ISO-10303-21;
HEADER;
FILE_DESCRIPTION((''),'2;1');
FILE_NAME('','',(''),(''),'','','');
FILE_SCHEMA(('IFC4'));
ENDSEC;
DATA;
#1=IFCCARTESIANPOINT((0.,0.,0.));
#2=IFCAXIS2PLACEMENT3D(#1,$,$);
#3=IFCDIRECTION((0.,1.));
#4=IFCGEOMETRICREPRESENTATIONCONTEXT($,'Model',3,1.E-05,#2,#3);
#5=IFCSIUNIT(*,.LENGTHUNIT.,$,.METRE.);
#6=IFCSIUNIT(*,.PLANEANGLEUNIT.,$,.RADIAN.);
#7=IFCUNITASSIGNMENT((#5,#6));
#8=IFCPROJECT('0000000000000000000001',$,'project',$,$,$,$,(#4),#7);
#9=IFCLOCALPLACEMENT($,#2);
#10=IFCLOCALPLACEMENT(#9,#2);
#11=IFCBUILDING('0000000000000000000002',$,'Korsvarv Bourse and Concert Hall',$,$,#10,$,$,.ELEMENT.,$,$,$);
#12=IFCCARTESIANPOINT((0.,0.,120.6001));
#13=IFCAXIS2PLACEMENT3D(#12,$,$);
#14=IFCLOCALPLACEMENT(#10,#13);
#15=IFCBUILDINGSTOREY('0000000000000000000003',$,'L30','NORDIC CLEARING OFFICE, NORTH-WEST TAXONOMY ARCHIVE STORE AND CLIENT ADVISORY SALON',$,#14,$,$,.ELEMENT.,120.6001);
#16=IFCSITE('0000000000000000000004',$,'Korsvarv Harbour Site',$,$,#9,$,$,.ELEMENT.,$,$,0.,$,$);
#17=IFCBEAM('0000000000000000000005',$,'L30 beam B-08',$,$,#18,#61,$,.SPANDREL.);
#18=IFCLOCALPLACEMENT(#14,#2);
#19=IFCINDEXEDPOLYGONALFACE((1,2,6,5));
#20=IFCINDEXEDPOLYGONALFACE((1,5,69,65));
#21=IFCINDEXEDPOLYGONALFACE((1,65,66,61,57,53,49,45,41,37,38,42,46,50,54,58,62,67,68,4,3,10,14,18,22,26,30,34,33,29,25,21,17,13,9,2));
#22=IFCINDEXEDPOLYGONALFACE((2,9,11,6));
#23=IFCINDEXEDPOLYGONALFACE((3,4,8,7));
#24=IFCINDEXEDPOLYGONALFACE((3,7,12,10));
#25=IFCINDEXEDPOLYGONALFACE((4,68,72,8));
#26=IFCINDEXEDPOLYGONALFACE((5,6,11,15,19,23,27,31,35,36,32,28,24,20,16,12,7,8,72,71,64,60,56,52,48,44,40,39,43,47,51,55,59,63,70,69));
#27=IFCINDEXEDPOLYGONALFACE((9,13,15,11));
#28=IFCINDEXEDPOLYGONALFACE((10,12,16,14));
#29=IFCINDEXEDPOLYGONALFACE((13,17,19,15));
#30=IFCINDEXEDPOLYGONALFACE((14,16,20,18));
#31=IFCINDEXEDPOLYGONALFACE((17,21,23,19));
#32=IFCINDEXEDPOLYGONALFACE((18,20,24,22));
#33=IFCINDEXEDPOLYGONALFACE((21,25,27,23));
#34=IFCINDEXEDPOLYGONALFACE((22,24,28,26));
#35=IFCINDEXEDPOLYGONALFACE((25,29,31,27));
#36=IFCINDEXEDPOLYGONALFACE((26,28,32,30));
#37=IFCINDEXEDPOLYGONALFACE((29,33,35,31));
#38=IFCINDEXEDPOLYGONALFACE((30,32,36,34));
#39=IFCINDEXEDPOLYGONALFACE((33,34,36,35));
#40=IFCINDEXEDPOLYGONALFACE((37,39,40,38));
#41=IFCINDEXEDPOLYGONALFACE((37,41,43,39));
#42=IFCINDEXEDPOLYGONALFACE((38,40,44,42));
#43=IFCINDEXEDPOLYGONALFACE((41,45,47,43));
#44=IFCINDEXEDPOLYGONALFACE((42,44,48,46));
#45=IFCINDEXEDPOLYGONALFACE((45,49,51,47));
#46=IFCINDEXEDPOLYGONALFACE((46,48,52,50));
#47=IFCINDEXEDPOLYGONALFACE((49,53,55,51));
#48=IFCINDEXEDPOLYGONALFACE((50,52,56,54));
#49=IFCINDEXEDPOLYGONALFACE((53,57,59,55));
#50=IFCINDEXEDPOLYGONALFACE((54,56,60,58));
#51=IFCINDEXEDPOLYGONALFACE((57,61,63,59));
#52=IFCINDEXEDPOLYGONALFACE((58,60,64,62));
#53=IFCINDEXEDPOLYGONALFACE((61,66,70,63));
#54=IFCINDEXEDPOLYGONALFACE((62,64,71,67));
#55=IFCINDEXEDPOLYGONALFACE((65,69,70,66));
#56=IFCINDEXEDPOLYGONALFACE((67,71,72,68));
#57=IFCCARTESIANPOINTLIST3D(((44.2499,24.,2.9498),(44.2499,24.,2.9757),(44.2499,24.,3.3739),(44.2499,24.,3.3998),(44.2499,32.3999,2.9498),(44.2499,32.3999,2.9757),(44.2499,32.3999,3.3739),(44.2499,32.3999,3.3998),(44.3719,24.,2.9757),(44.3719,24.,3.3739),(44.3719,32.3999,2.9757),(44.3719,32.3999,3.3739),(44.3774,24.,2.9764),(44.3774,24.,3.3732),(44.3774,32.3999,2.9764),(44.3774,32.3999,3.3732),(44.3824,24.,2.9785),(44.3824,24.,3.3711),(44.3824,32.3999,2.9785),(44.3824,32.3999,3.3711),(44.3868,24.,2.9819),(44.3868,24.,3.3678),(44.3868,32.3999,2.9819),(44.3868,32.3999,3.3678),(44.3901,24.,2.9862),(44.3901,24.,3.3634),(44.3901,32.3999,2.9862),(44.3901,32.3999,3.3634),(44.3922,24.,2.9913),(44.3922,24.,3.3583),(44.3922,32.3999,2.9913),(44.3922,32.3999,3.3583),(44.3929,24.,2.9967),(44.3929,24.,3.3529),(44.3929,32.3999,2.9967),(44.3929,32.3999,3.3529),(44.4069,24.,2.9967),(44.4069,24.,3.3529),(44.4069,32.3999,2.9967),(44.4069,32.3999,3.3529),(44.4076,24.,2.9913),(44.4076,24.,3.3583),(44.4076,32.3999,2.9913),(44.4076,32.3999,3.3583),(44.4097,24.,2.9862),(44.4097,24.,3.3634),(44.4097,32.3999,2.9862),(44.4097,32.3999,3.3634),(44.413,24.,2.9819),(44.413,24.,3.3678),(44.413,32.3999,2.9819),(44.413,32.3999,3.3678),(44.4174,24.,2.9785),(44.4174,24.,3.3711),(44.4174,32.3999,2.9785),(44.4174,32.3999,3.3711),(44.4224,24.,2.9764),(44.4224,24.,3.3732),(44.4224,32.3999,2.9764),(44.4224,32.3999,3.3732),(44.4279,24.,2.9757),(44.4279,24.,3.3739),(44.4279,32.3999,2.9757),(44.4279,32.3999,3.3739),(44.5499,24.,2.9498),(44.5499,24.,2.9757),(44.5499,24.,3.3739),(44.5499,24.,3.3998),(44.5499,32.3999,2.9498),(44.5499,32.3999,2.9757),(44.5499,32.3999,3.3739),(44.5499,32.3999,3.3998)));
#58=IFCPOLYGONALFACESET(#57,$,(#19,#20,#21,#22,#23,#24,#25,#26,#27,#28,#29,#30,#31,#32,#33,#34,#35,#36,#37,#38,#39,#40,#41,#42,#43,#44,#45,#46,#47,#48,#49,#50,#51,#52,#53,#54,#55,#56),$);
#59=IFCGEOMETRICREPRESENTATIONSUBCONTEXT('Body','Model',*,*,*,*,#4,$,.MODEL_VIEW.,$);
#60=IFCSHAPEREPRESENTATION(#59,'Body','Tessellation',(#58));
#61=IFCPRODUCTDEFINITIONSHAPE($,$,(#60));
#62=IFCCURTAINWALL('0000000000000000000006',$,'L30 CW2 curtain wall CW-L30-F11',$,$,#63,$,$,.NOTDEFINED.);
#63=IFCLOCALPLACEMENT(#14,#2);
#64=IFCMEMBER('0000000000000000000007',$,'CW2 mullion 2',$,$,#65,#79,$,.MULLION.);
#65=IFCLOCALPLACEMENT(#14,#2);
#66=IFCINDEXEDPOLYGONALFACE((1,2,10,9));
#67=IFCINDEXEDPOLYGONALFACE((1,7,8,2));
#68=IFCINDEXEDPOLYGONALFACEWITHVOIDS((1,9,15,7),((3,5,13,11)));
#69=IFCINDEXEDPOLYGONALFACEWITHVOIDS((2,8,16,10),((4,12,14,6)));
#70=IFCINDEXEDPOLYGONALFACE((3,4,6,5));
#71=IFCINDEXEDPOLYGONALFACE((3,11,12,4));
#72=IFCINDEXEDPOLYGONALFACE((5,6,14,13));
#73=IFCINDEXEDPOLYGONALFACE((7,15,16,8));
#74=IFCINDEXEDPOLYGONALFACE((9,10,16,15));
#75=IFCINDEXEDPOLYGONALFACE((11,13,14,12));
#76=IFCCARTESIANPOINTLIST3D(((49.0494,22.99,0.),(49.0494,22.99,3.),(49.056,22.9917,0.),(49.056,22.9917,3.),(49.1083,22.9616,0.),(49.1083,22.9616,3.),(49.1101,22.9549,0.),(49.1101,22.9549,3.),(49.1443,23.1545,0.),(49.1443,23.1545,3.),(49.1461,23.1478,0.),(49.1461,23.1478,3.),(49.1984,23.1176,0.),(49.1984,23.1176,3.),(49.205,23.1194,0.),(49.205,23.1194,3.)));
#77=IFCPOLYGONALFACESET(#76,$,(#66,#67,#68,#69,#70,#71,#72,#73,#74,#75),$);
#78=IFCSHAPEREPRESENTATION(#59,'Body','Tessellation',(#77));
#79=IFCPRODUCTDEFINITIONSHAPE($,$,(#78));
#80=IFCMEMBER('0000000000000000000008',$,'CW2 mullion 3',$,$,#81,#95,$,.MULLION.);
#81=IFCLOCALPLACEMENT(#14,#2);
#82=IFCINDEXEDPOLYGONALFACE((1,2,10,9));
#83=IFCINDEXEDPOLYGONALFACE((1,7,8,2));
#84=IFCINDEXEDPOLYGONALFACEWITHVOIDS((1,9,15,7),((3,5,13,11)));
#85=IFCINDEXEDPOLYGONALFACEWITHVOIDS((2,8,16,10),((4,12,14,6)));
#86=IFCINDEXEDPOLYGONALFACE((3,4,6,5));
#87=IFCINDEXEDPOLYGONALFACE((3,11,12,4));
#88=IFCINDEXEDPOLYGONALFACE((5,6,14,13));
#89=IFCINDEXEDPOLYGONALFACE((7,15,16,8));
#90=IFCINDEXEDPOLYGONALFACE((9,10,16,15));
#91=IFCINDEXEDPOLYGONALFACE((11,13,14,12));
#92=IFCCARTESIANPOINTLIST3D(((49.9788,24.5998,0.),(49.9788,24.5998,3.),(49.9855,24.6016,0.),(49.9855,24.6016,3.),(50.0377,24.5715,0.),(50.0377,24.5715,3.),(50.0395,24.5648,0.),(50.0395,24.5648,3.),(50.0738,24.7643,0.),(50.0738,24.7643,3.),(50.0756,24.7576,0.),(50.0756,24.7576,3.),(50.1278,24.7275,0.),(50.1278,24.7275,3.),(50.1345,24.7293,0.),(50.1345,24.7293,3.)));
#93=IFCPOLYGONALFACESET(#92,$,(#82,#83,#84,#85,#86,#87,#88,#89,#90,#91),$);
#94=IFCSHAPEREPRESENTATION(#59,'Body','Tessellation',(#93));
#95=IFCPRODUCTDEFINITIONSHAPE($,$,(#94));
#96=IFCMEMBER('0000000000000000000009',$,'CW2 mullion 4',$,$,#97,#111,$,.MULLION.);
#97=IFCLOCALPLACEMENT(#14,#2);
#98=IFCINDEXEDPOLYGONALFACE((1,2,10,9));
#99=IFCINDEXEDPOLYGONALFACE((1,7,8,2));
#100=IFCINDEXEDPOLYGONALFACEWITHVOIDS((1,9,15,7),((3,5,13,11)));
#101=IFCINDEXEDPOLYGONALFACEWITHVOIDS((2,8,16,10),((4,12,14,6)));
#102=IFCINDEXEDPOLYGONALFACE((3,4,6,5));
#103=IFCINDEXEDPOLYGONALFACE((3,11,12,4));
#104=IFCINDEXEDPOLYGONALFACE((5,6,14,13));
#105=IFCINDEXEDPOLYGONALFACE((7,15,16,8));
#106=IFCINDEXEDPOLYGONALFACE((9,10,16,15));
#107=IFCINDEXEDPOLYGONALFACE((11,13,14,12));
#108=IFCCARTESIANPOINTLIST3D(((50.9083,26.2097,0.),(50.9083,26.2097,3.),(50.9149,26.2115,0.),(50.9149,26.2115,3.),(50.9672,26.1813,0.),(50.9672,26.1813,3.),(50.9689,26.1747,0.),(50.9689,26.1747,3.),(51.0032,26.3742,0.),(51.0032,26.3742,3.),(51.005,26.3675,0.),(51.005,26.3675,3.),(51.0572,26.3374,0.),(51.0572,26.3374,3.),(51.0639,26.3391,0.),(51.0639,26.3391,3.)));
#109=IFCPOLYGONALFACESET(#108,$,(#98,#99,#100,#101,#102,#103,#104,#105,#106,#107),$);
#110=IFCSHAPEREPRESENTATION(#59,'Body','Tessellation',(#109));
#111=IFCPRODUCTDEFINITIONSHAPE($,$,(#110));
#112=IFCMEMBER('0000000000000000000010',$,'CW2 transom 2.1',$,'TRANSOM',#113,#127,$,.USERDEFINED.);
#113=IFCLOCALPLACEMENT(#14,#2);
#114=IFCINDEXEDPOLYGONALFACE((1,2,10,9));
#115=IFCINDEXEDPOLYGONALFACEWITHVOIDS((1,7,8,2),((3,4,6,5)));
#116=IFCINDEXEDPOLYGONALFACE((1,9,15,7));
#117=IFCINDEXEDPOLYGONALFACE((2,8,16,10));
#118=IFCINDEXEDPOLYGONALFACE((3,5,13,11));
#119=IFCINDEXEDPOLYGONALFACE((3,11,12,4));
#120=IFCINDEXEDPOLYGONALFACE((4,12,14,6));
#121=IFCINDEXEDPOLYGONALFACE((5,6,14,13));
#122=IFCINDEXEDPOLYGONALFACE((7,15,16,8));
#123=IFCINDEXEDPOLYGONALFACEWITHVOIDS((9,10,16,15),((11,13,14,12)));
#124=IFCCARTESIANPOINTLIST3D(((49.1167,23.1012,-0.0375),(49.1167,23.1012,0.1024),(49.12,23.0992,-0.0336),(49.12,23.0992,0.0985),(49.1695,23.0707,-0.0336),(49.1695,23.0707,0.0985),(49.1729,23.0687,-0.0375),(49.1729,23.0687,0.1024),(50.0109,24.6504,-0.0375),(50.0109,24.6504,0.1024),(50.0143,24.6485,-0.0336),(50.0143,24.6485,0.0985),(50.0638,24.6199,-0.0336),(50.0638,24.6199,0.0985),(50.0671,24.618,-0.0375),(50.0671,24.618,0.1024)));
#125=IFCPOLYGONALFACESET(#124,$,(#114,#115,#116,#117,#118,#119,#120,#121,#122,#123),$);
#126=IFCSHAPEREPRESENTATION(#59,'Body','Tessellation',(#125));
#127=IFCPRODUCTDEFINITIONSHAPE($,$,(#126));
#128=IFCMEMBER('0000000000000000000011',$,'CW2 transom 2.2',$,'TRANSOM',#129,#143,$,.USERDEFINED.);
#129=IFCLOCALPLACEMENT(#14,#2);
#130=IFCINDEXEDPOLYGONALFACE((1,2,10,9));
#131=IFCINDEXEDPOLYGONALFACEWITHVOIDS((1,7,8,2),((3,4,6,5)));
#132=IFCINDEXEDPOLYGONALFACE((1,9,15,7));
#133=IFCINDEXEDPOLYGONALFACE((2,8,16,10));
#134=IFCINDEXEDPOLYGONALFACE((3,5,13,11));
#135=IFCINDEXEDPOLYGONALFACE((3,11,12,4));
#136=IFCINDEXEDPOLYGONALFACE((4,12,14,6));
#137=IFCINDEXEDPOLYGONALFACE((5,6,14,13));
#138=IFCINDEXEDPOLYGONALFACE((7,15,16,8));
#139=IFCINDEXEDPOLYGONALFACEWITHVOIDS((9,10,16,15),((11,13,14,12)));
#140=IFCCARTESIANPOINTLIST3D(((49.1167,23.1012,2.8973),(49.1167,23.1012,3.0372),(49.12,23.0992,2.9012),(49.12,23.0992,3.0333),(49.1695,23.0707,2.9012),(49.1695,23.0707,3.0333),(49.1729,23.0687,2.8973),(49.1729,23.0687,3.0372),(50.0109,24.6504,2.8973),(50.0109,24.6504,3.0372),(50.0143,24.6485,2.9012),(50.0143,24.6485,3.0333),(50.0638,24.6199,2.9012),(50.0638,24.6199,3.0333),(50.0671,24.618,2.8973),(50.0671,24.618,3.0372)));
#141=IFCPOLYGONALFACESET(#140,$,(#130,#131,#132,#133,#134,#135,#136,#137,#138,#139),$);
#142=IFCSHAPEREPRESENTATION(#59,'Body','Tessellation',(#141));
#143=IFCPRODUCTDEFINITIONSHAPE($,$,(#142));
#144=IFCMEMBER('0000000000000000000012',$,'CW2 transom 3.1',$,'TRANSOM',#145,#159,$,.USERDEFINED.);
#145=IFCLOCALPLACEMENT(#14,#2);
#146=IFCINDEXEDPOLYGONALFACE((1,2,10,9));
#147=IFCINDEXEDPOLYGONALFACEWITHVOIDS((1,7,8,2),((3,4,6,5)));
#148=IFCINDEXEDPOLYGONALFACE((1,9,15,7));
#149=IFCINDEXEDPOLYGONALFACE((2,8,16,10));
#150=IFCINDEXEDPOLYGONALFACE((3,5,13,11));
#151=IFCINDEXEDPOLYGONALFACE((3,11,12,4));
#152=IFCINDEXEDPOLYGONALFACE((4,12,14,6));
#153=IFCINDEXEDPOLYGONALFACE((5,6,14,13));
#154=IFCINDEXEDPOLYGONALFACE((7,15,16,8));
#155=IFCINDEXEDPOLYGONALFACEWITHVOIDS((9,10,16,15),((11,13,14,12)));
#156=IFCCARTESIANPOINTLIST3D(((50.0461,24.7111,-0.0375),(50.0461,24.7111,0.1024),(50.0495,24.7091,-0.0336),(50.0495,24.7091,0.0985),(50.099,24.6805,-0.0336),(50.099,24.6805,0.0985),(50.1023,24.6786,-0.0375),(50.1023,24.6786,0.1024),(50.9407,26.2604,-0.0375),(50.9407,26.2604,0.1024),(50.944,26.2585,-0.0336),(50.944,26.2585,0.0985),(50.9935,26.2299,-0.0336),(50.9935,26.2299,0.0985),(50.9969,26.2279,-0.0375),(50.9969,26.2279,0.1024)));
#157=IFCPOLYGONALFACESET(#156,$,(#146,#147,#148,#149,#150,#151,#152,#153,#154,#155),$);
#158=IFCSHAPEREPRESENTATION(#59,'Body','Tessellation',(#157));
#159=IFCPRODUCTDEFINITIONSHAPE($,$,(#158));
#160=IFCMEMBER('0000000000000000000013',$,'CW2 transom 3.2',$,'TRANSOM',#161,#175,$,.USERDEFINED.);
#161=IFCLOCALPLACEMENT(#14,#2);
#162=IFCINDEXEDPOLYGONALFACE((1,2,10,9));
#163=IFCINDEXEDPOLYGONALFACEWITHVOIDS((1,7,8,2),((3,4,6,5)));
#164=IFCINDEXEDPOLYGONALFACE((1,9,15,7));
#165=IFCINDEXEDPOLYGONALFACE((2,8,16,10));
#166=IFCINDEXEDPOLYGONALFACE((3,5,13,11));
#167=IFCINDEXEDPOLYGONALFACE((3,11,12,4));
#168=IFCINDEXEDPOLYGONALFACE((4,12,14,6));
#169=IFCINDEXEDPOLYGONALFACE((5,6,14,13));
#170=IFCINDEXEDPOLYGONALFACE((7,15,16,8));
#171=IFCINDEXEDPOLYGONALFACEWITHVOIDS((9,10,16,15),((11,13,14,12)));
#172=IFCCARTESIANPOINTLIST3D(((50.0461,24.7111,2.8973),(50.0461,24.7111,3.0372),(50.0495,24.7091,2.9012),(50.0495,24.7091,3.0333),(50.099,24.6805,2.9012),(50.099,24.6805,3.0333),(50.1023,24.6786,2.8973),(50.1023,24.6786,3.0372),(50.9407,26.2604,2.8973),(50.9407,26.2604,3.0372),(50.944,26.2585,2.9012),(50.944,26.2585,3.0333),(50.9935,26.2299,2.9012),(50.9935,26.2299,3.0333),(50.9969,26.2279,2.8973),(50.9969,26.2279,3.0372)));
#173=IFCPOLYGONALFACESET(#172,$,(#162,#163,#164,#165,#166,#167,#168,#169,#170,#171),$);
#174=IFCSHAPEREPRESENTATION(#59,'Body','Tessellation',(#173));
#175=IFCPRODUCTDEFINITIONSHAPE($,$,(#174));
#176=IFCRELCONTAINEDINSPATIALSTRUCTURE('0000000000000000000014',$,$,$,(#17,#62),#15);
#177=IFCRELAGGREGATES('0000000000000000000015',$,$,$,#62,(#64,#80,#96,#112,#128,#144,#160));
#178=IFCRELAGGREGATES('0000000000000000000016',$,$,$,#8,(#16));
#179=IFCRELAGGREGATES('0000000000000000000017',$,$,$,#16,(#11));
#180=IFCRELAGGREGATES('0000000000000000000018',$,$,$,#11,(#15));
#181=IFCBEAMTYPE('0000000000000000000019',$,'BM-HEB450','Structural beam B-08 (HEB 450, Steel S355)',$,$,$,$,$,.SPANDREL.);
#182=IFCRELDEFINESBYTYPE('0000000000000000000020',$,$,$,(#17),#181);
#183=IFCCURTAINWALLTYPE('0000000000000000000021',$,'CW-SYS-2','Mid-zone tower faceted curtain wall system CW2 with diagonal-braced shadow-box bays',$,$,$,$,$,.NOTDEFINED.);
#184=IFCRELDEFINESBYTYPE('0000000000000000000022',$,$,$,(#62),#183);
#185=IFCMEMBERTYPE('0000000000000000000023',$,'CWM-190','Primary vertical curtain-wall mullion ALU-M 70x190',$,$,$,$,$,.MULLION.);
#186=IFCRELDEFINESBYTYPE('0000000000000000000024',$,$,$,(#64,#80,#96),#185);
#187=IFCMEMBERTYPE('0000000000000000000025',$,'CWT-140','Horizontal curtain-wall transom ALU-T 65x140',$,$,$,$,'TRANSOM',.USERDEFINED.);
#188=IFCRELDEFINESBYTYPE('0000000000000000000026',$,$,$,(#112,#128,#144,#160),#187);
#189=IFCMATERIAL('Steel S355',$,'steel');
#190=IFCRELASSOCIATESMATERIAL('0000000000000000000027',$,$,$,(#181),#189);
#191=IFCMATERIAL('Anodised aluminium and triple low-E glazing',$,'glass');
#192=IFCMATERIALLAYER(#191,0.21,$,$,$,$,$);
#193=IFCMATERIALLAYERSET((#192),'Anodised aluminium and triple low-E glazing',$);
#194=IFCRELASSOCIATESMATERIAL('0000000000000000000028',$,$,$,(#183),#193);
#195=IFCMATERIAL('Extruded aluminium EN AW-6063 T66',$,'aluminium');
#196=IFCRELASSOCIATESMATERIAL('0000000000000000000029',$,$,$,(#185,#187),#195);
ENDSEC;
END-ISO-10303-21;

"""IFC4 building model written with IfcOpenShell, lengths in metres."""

from ifc_helpers import new_model, si_unit, direction, frame, origin, origin_2d, place, context, subcontext, project, spatial, hollow_rectangle, i_section, extrude, source, transform, mapped, material, layer, layer_set, material_profile, profile_set, type_object, element, aggregate, save


model = new_model("IFC4")

# Units and contexts
model_context = context("Model", 3, precision=1e-05, world=origin(), true_north=direction((0.0, 1.0)))
body_context = subcontext(model_context, "Body", "Model", "MODEL_VIEW")
ifc_project = project(units=[si_unit("LENGTHUNIT", "METRE"), si_unit("PLANEANGLEUNIT", "RADIAN")], contexts=[model_context])

# Site, building, storey
site_placement = place(None, origin())
site = spatial("IfcSite", under=ifc_project, at=site_placement, Name="Korsvarv Harbour Site", CompositionType="ELEMENT", RefElevation=0.0)
building_placement = place(site_placement, origin())
building = spatial("IfcBuilding", under=site, at=building_placement, Name="Korsvarv Bourse and Concert Hall", CompositionType="ELEMENT")
storey_placement = place(building_placement, frame((0.0, 0.0, 120.6001)))
storey = spatial("IfcBuildingStorey", under=building, at=storey_placement, Name="L30", Description="NORDIC CLEARING OFFICE, NORTH-WEST TAXONOMY ARCHIVE STORE AND CLIENT ADVISORY SALON", CompositionType="ELEMENT", Elevation=120.6001)

# Beam
ifc_material_1 = material(Name="Steel S355", Category="steel")
ifc_material_profile_1 = material_profile(ifc_material_1, i_section(OverallWidth=0.3, OverallDepth=0.45, WebThickness=0.0139, FlangeThickness=0.0259, FilletRadius=0.021, at=origin_2d()), Name="HEB 450")
ifc_profile_set_1 = profile_set([ifc_material_profile_1], Name="Steel S355")
beam_type = type_object("IfcBeamType", Name="BM-HEB450", Description="Structural beam B-08 (HEB 450, Steel S355)", PredefinedType="SPANDREL", material=ifc_profile_set_1)
shared_shape_1 = source(origin(), body_context, "Body", "SweptSolid", [
    extrude(i_section(OverallWidth=0.3, OverallDepth=0.45, WebThickness=0.0139, FlangeThickness=0.0259, FilletRadius=0.021, at=origin_2d()), origin(), (0.0, 0.0, 1.0), 8.3999),
])
for number, where, z_axis, x_axis, name in (
    (1, (44.3999, 24.0, 3.1748), (0.0, 1.0, 0.0), (-1.0, 0.0, 0.0), "L30 beam B-08"),
):
    element("IfcBeam", number, at=place(storey_placement, frame(where, z_axis=z_axis, x_axis=x_axis)), inside=storey, type_object=beam_type, Name=name, PredefinedType="SPANDREL", context=body_context, shape_type="MappedRepresentation", body=[
        mapped(shared_shape_1, transform((0.0, 0.0, 0.0), scale=1.0)),
    ])

# Curtain wall, members
ifc_material_2 = material(Name="Anodised aluminium and triple low-E glazing", Category="glass")
ifc_layer_1 = layer(ifc_material_2, 0.21)
ifc_layer_set_1 = layer_set([ifc_layer_1], Name="Anodised aluminium and triple low-E glazing")
curtain_wall_type = type_object("IfcCurtainWallType", Name="CW-SYS-2", Description="Mid-zone tower faceted curtain wall system CW2 with diagonal-braced shadow-box bays", PredefinedType="NOTDEFINED", material=ifc_layer_set_1)
curtain_wall_placement = place(storey_placement, origin())
curtain_wall = element("IfcCurtainWall", 2, at=curtain_wall_placement, inside=storey, type_object=curtain_wall_type, Name="L30 CW2 curtain wall CW-L30-F11", PredefinedType="NOTDEFINED")
ifc_material_3 = material(Name="Extruded aluminium EN AW-6063 T66", Category="aluminium")
ifc_material_profile_2 = material_profile(ifc_material_3, hollow_rectangle(XDim=0.0701, YDim=0.1899, WallThickness=0.0049, at=origin_2d()), Name="ALU-M 70x190")
ifc_profile_set_2 = profile_set([ifc_material_profile_2], Name="Extruded aluminium EN AW-6063 T66")
member_type_1 = type_object("IfcMemberType", Name="CWM-190", Description="Primary vertical curtain-wall mullion ALU-M 70x190", PredefinedType="MULLION", material=ifc_profile_set_2)
shared_shape_2 = source(origin(), body_context, "Body", "SweptSolid", [
    extrude(hollow_rectangle(XDim=0.0701, YDim=0.1899, WallThickness=0.0049, at=origin_2d()), origin(), (0.0, 0.0, 1.0), 3.0),
])
member_1_placement = place(storey_placement, frame((49.1272, 23.0547, 0.0), z_axis=(0.0, 0.0, 1.0), x_axis=(-0.866021, 0.500007, 0.0)))
member_1 = element("IfcMember", 3, at=member_1_placement, type_object=member_type_1, Name="CW2 mullion 2", PredefinedType="MULLION", context=body_context, shape_type="MappedRepresentation", body=[
    mapped(shared_shape_2, transform((0.0, 0.0, 0.0), scale=1.0)),
])
member_2_placement = place(storey_placement, frame((50.0566, 24.6646, 0.0), z_axis=(0.0, 0.0, 1.0), x_axis=(-0.866021, 0.500007, 0.0)))
member_2 = element("IfcMember", 4, at=member_2_placement, type_object=member_type_1, Name="CW2 mullion 3", PredefinedType="MULLION", context=body_context, shape_type="MappedRepresentation", body=[
    mapped(shared_shape_2, transform((0.0, 0.0, 0.0), scale=1.0)),
])
member_3_placement = place(storey_placement, frame((50.9861, 26.2744, 0.0), z_axis=(0.0, 0.0, 1.0), x_axis=(-0.866021, 0.500007, 0.0)))
member_3 = element("IfcMember", 5, at=member_3_placement, type_object=member_type_1, Name="CW2 mullion 4", PredefinedType="MULLION", context=body_context, shape_type="MappedRepresentation", body=[
    mapped(shared_shape_2, transform((0.0, 0.0, 0.0), scale=1.0)),
])
ifc_material_profile_3 = material_profile(ifc_material_3, hollow_rectangle(XDim=0.0649, YDim=0.1399, WallThickness=0.0039, at=origin_2d()), Name="ALU-T 65x140")
ifc_profile_set_3 = profile_set([ifc_material_profile_3], Name="Extruded aluminium EN AW-6063 T66")
member_type_2 = type_object("IfcMemberType", Name="CWT-140", Description="Horizontal curtain-wall transom ALU-T 65x140", ElementType="TRANSOM", PredefinedType="USERDEFINED", material=ifc_profile_set_3)
shared_shape_3 = source(origin(), body_context, "Body", "SweptSolid", [
    extrude(hollow_rectangle(XDim=0.0649, YDim=0.1399, WallThickness=0.0039, at=origin_2d()), origin(), (0.0, 0.0, 1.0), 1.7888),
])
member_4_placement = place(storey_placement, frame((49.1448, 23.085, 0.0325), z_axis=(0.499911, 0.866077, 0.0), x_axis=(-0.866077, 0.499911, 0.0)))
member_4 = element("IfcMember", 6, at=member_4_placement, type_object=member_type_2, Name="CW2 transom 2.1", ObjectType="TRANSOM", PredefinedType="USERDEFINED", context=body_context, shape_type="MappedRepresentation", body=[
    mapped(shared_shape_3, transform((0.0, 0.0, 0.0), scale=1.0)),
])
member_5_placement = place(storey_placement, frame((49.1448, 23.085, 2.9673), z_axis=(0.499911, 0.866077, 0.0), x_axis=(-0.866077, 0.499911, 0.0)))
member_5 = element("IfcMember", 7, at=member_5_placement, type_object=member_type_2, Name="CW2 transom 2.2", ObjectType="TRANSOM", PredefinedType="USERDEFINED", context=body_context, shape_type="MappedRepresentation", body=[
    mapped(shared_shape_3, transform((0.0, 0.0, 0.0), scale=1.0)),
])
shared_shape_4 = source(origin(), body_context, "Body", "SweptSolid", [
    extrude(hollow_rectangle(XDim=0.0649, YDim=0.1399, WallThickness=0.0039, at=origin_2d()), origin(), (0.0, 0.0, 1.0), 1.7891),
])
member_6_placement = place(storey_placement, frame((50.0742, 24.6948, 0.0325), z_axis=(0.500014, 0.866017, 0.0), x_axis=(-0.866017, 0.500014, 0.0)))
member_6 = element("IfcMember", 8, at=member_6_placement, type_object=member_type_2, Name="CW2 transom 3.1", ObjectType="TRANSOM", PredefinedType="USERDEFINED", context=body_context, shape_type="MappedRepresentation", body=[
    mapped(shared_shape_4, transform((0.0, 0.0, 0.0), scale=1.0)),
])
member_7_placement = place(storey_placement, frame((50.0742, 24.6948, 2.9673), z_axis=(0.500014, 0.866017, 0.0), x_axis=(-0.866017, 0.500014, 0.0)))
member_7 = element("IfcMember", 9, at=member_7_placement, type_object=member_type_2, Name="CW2 transom 3.2", ObjectType="TRANSOM", PredefinedType="USERDEFINED", context=body_context, shape_type="MappedRepresentation", body=[
    mapped(shared_shape_4, transform((0.0, 0.0, 0.0), scale=1.0)),
])
aggregate(curtain_wall, [member_1, member_2, member_3, member_4, member_5, member_6, member_7])

save(model, "model.ifc")
